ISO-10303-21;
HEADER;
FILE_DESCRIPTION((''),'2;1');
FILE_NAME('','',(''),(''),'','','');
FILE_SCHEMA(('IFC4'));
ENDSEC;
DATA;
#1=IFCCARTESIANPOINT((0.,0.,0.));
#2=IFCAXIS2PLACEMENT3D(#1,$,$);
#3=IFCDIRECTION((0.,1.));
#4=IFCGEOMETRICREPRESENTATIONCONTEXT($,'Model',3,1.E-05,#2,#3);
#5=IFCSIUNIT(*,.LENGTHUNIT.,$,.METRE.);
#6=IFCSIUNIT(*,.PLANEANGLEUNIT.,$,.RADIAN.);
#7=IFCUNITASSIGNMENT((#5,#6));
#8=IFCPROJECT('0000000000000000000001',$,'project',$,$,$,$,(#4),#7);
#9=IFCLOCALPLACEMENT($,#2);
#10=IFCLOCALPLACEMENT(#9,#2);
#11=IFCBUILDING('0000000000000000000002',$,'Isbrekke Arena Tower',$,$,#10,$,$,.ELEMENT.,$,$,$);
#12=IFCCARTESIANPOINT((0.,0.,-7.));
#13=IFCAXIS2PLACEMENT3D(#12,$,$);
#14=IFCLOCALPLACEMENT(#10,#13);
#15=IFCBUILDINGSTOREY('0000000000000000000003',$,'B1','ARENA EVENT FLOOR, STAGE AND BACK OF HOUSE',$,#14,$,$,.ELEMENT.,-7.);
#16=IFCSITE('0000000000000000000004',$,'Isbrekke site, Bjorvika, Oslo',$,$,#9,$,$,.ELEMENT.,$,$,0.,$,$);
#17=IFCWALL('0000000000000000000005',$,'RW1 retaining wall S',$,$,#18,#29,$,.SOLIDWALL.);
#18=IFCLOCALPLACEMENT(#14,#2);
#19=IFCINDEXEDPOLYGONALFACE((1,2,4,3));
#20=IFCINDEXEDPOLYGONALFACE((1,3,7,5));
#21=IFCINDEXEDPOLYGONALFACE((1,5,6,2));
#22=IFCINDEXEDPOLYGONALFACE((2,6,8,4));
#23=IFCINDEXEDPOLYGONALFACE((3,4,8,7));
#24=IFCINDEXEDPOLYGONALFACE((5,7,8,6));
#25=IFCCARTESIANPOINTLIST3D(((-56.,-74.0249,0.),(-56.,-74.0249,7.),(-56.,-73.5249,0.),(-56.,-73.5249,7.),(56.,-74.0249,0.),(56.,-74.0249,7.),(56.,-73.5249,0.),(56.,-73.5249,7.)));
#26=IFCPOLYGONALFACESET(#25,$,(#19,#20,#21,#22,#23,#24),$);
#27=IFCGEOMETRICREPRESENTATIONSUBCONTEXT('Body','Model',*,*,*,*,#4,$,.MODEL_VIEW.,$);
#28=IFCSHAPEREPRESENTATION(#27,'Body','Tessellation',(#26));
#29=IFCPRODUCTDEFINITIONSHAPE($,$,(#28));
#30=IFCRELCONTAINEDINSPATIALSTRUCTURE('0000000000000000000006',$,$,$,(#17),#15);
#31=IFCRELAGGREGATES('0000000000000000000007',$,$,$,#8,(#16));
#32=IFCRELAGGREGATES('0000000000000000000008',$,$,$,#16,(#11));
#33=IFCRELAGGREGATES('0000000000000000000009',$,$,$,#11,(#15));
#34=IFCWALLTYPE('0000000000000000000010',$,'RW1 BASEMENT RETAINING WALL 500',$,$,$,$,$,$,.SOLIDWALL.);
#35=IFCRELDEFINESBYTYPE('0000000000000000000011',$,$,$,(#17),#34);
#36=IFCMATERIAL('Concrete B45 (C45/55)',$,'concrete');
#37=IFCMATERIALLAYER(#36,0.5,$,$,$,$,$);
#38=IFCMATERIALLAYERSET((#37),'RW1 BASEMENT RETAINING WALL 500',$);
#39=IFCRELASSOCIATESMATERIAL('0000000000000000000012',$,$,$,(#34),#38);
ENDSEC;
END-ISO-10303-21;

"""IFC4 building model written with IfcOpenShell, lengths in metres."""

from ifc_helpers import new_model, si_unit, direction, frame, frame_2d, origin, place, context, subcontext, project, spatial, rectangle, extrude, material, layer, layer_set, type_object, element, save


model = new_model("IFC4")

# Units and contexts
model_context = context("Model", 3, precision=1e-05, world=origin(), true_north=direction((0.0, 1.0)))
body_context = subcontext(model_context, "Body", "Model", "MODEL_VIEW")
ifc_project = project(units=[si_unit("LENGTHUNIT", "METRE"), si_unit("PLANEANGLEUNIT", "RADIAN")], contexts=[model_context])

# Site, building, storey
site_placement = place(None, origin())
site = spatial("IfcSite", under=ifc_project, at=site_placement, Name="Isbrekke site, Bjorvika, Oslo", CompositionType="ELEMENT", RefElevation=0.0)
building_placement = place(site_placement, origin())
building = spatial("IfcBuilding", under=site, at=building_placement, Name="Isbrekke Arena Tower", CompositionType="ELEMENT")
storey_placement = place(building_placement, frame((0.0, 0.0, -7.0)))
storey = spatial("IfcBuildingStorey", under=building, at=storey_placement, Name="B1", Description="ARENA EVENT FLOOR, STAGE AND BACK OF HOUSE", CompositionType="ELEMENT", Elevation=-7.0)

# Wall
ifc_material_1 = material(Name="Concrete B45 (C45/55)", Category="concrete")
ifc_layer_1 = layer(ifc_material_1, 0.5)
ifc_layer_set_1 = layer_set([ifc_layer_1], Name="RW1 BASEMENT RETAINING WALL 500")
wall_type_1 = type_object("IfcWallType", Name="RW1 BASEMENT RETAINING WALL 500", PredefinedType="SOLIDWALL", material=ifc_layer_set_1)
wall_1_placement = place(storey_placement, frame((-56.0, -73.7749, 0.0), z_axis=(0.0, 0.0, 1.0), x_axis=(1.0, 0.0, 0.0)))
element("IfcWall", 1, at=wall_1_placement, inside=storey, type_object=wall_type_1, Name="RW1 retaining wall S", PredefinedType="SOLIDWALL", context=body_context, shape_type="SweptSolid", body=[
    extrude(rectangle(XDim=112.0, YDim=0.5, at=frame_2d((56.0, 0.0))), origin(), (0.0, 0.0, 1.0), 7.0),
])

save(model, "model.ifc")
